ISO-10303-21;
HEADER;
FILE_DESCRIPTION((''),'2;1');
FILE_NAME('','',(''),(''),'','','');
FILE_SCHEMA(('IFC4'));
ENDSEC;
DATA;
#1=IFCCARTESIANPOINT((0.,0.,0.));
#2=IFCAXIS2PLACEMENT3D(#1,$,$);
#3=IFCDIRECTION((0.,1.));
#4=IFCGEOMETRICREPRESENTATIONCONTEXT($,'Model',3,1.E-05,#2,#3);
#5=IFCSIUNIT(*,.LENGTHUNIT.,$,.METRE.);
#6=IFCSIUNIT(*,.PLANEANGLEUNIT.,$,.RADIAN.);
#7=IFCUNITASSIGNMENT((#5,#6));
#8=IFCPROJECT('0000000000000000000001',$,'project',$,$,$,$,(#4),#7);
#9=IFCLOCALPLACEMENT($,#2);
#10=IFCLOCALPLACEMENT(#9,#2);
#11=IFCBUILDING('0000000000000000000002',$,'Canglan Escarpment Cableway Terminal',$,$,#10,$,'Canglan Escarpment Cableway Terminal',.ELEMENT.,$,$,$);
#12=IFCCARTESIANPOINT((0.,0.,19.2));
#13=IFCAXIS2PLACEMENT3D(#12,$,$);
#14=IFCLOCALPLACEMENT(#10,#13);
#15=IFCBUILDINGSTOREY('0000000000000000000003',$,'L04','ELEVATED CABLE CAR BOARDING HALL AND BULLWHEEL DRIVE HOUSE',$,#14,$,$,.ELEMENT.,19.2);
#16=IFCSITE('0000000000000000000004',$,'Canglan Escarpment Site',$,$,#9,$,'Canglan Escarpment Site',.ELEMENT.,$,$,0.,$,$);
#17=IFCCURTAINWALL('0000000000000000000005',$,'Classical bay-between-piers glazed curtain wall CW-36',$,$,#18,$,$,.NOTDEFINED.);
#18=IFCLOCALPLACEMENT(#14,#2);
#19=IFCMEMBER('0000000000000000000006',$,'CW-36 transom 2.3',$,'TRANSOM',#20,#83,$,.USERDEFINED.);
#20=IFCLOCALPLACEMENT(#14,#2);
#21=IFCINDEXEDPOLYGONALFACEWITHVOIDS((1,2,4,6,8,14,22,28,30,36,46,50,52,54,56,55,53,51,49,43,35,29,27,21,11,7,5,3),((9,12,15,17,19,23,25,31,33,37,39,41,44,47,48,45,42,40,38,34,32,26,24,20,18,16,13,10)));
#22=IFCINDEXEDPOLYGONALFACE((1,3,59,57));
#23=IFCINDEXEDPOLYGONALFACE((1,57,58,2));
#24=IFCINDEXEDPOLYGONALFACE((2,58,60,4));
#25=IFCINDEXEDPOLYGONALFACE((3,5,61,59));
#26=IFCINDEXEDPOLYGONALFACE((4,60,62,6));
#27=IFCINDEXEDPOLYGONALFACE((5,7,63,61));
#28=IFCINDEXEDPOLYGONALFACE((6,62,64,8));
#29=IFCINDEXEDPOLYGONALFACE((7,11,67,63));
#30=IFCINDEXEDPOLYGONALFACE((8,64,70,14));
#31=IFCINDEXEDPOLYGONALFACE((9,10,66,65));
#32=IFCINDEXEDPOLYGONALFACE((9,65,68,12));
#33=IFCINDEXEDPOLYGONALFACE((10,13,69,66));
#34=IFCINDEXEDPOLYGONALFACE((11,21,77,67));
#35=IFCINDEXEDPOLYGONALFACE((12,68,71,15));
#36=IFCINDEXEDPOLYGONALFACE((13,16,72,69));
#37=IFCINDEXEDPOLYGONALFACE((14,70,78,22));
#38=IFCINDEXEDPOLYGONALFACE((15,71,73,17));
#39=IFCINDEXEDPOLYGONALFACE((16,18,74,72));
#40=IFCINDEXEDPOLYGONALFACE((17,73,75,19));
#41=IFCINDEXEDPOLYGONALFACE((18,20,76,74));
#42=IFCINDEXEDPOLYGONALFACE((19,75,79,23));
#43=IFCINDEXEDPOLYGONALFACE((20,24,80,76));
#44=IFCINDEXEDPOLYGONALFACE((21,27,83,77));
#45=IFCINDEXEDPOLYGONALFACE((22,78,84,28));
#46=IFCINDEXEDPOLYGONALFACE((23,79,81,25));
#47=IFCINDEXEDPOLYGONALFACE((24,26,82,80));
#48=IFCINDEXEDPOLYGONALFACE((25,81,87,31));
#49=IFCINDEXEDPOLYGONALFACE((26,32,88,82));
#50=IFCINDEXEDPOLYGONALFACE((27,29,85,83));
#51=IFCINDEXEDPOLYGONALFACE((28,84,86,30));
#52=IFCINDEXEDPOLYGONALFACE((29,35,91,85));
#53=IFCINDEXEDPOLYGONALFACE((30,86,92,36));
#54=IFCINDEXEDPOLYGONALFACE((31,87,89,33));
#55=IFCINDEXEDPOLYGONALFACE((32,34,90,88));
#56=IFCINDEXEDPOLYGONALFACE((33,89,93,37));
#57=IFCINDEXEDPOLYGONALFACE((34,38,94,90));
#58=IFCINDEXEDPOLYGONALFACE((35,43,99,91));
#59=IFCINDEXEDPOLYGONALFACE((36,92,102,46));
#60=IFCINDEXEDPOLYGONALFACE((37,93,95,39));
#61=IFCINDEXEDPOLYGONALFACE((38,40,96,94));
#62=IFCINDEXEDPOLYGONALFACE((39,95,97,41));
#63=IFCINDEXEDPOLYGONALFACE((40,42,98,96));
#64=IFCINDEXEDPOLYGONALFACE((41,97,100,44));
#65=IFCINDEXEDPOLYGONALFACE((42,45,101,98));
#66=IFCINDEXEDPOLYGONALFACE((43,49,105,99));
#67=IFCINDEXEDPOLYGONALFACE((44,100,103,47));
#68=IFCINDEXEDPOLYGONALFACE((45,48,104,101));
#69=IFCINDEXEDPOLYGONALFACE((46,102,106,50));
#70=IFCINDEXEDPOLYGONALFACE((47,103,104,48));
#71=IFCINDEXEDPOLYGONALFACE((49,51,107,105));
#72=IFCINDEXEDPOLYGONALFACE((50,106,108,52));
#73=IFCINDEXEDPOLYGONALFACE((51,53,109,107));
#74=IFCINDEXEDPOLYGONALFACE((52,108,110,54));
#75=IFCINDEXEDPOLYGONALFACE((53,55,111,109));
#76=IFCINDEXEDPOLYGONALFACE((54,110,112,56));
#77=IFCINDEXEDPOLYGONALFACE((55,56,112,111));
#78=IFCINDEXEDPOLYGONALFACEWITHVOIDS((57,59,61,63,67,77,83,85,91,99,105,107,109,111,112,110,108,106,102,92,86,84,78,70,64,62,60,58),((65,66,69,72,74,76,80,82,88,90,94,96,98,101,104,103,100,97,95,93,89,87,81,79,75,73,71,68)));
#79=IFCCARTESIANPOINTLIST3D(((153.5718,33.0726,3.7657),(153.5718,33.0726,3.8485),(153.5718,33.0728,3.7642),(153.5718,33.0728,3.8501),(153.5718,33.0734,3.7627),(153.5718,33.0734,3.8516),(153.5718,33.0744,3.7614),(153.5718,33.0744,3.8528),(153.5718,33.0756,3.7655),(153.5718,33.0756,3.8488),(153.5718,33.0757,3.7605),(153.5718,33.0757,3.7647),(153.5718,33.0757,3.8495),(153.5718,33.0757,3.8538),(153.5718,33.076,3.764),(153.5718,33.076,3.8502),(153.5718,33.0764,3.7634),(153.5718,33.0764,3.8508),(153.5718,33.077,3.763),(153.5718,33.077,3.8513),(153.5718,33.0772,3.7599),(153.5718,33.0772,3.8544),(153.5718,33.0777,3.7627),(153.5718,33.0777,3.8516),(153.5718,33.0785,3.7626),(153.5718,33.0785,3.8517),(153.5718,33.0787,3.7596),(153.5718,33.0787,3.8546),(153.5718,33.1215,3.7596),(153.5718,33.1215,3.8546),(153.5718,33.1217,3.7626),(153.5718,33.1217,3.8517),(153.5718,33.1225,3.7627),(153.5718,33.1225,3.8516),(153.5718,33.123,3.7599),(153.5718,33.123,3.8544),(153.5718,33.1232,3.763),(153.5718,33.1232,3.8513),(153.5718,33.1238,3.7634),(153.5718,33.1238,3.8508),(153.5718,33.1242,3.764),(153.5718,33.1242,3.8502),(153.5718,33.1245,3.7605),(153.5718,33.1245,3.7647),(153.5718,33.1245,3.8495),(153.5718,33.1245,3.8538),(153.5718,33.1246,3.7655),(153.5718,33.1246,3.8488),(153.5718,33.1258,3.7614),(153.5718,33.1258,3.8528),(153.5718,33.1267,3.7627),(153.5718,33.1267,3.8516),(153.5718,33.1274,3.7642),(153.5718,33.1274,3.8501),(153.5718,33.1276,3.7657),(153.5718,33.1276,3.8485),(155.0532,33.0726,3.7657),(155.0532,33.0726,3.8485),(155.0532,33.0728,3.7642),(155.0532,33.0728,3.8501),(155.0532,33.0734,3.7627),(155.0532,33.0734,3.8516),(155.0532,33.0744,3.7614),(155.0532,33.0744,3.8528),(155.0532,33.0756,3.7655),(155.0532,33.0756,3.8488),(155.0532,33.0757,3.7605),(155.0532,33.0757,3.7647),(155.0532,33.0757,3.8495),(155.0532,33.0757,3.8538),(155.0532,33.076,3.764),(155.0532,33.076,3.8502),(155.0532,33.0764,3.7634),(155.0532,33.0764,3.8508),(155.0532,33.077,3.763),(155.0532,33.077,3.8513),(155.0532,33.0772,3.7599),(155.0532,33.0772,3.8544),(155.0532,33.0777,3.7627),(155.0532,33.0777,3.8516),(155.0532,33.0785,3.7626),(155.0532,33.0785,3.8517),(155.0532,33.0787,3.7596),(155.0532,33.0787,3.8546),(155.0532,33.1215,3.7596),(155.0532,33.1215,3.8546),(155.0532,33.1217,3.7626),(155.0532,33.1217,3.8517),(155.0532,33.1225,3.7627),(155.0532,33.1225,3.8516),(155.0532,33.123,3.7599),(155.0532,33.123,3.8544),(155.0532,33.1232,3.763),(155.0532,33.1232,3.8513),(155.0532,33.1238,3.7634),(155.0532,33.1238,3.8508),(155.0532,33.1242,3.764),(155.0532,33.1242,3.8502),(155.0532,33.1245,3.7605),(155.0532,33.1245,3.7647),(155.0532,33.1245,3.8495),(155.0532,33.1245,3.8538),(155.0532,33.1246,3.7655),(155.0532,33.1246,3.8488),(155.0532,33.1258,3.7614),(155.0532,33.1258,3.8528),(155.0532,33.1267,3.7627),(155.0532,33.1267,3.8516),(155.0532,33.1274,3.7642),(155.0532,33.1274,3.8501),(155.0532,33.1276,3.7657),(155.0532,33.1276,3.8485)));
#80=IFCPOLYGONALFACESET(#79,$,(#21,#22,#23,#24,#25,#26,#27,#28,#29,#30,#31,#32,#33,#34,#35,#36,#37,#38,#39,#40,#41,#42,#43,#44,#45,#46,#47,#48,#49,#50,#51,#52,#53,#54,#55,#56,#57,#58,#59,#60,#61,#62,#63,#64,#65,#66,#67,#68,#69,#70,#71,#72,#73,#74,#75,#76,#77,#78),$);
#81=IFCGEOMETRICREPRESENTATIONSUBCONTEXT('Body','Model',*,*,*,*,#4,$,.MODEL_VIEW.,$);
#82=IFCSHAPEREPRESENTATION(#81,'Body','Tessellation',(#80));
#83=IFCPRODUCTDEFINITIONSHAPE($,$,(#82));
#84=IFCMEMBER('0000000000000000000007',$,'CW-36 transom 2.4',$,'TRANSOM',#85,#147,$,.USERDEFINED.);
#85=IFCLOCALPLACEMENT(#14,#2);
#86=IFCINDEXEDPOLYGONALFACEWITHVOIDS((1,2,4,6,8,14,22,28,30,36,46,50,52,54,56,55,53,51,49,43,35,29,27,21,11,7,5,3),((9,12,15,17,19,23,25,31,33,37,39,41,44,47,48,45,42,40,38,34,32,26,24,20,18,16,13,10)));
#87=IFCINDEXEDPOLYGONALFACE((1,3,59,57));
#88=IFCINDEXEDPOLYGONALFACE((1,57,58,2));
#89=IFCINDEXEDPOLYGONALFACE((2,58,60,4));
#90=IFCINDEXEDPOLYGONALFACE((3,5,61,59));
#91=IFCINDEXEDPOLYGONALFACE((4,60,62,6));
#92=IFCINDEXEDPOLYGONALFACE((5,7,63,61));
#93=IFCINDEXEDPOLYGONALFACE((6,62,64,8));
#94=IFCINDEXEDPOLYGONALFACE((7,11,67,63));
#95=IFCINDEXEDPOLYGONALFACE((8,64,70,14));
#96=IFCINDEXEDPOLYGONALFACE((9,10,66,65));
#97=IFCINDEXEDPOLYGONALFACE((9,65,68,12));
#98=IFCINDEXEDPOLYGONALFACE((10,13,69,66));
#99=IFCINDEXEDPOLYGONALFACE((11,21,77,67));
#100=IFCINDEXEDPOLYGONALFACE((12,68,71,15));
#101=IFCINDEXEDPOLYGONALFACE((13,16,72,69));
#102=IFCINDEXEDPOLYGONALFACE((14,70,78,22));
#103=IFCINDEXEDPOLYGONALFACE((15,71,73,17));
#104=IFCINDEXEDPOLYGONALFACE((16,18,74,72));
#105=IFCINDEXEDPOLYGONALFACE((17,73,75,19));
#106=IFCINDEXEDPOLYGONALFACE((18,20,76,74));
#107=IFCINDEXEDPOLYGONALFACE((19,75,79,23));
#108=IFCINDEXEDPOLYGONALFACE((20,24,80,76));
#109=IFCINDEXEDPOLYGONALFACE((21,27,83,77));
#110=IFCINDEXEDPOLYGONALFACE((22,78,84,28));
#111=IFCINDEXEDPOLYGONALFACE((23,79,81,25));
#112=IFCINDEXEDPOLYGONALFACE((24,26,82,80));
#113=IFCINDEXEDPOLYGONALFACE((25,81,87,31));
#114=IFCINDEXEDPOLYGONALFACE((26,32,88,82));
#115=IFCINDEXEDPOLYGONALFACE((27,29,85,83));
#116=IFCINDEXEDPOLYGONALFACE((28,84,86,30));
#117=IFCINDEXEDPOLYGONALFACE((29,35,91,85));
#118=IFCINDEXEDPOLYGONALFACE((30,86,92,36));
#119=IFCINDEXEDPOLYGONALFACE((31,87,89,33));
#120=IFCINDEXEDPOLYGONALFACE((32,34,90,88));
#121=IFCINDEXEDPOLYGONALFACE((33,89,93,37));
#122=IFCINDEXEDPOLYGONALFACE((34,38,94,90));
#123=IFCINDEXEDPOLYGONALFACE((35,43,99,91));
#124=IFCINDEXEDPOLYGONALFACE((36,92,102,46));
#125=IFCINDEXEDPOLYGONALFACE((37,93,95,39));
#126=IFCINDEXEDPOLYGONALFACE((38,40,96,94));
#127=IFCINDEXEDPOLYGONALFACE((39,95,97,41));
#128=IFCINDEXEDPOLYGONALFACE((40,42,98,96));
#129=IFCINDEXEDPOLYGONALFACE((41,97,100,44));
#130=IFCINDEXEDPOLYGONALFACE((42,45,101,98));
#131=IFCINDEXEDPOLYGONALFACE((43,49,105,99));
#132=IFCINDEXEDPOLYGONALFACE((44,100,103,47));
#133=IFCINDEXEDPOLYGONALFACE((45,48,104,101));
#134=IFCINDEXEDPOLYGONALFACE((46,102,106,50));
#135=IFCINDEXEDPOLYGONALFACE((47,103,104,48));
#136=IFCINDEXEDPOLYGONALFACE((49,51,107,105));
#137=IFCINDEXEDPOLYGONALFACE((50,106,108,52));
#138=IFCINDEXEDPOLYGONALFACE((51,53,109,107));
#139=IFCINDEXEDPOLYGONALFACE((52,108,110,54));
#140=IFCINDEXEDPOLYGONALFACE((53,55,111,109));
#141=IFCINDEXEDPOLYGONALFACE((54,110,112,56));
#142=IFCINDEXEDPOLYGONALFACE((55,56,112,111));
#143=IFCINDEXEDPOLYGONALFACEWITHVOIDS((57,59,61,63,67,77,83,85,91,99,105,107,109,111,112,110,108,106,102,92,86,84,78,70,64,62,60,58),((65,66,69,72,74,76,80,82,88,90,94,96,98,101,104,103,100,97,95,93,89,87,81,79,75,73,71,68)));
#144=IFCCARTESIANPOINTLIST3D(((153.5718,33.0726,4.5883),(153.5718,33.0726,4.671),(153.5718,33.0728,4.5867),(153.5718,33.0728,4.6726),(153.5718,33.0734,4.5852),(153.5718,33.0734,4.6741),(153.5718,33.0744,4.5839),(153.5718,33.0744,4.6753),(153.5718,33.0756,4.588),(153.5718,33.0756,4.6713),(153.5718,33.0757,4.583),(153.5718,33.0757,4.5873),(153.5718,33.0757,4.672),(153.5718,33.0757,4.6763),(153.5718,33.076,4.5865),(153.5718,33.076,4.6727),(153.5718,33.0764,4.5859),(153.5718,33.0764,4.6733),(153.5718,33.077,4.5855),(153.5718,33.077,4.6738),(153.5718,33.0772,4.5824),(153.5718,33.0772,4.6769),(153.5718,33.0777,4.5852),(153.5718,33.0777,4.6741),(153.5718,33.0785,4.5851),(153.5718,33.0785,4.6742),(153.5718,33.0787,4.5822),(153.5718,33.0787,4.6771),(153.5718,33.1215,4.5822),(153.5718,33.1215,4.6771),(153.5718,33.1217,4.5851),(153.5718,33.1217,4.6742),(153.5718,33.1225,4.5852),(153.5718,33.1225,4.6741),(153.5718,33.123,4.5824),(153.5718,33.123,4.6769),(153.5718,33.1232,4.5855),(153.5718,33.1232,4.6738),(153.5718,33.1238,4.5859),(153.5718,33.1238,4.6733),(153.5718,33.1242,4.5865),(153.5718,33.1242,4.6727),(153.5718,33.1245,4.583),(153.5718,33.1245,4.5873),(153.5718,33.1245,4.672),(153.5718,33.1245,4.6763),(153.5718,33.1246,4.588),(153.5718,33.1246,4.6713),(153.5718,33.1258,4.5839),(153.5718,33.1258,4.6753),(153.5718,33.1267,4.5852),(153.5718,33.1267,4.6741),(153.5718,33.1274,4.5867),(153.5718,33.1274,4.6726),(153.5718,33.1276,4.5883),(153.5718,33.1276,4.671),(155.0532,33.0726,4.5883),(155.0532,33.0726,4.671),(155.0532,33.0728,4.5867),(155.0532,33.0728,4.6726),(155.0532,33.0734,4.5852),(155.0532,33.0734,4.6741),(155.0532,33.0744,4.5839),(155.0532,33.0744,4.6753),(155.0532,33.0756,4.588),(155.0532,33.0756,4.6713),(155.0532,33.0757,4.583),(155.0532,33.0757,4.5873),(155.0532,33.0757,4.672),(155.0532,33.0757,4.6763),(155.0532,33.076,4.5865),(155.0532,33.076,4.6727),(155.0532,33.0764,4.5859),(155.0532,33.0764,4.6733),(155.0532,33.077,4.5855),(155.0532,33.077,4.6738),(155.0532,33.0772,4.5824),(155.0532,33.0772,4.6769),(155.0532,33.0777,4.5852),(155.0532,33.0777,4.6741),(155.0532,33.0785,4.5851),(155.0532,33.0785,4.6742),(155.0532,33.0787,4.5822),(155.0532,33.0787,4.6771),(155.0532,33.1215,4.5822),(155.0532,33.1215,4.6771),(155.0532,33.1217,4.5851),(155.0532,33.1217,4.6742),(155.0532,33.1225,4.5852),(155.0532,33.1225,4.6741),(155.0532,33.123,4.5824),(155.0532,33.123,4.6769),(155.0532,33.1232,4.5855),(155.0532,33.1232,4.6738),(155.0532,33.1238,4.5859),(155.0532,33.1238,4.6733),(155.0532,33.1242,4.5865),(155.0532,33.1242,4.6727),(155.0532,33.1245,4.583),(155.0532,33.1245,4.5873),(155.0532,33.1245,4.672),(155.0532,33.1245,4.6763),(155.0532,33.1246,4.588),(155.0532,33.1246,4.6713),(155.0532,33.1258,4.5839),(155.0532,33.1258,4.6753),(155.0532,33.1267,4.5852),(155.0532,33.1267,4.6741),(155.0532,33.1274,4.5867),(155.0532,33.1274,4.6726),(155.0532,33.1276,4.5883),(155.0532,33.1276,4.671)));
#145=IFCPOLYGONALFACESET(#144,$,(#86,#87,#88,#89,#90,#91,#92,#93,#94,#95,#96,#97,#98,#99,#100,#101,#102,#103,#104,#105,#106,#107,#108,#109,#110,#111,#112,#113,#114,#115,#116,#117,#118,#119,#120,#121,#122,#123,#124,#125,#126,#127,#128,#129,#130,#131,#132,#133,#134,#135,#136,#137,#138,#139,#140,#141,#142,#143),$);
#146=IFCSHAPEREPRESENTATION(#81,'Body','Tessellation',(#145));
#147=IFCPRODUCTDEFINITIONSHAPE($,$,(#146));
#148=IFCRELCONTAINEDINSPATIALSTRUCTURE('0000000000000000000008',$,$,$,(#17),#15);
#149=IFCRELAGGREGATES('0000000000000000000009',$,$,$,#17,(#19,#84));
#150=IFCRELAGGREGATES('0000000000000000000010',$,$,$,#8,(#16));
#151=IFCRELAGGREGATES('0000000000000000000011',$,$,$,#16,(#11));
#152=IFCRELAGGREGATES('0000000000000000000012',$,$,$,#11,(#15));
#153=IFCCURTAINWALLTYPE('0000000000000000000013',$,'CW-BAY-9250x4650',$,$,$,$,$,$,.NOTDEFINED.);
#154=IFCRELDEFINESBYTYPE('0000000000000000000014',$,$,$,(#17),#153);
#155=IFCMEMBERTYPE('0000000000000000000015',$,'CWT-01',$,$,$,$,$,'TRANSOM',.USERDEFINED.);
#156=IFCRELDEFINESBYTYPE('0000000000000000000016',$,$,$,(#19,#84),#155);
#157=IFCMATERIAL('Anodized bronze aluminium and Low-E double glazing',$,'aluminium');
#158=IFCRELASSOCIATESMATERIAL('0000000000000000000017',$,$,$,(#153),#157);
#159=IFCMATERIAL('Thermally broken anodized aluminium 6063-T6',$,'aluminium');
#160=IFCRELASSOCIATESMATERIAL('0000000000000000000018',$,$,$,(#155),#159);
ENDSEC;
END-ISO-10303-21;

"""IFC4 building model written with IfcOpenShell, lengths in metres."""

from ifc_helpers import new_model, si_unit, direction, frame, origin, origin_2d, place, context, subcontext, project, spatial, hollow_rectangle, extrude, material, material_profile, profile_set, type_object, element, aggregate, save


model = new_model("IFC4")

# Units and contexts
model_context = context("Model", 3, precision=1e-05, world=origin(), true_north=direction((0.0, 1.0)))
body_context = subcontext(model_context, "Body", "Model", "MODEL_VIEW")
ifc_project = project(units=[si_unit("LENGTHUNIT", "METRE"), si_unit("PLANEANGLEUNIT", "RADIAN")], contexts=[model_context])

# Site, building, storey
site_placement = place(None, origin())
site = spatial("IfcSite", under=ifc_project, at=site_placement, Name="Canglan Escarpment Site", LongName="Canglan Escarpment Site", CompositionType="ELEMENT", RefElevation=0.0)
building_placement = place(site_placement, origin())
building = spatial("IfcBuilding", under=site, at=building_placement, Name="Canglan Escarpment Cableway Terminal", LongName="Canglan Escarpment Cableway Terminal", CompositionType="ELEMENT")
storey_placement = place(building_placement, frame((0.0, 0.0, 19.2)))
storey = spatial("IfcBuildingStorey", under=building, at=storey_placement, Name="L04", Description="ELEVATED CABLE CAR BOARDING HALL AND BULLWHEEL DRIVE HOUSE", CompositionType="ELEMENT", Elevation=19.2)

# Curtain wall, members
ifc_material_1 = material(Name="Anodized bronze aluminium and Low-E double glazing", Category="aluminium")
curtain_wall_type = type_object("IfcCurtainWallType", Name="CW-BAY-9250x4650", PredefinedType="NOTDEFINED", material=ifc_material_1)
curtain_wall_placement = place(storey_placement, origin())
curtain_wall = element("IfcCurtainWall", 1, at=curtain_wall_placement, inside=storey, type_object=curtain_wall_type, Name="Classical bay-between-piers glazed curtain wall CW-36", PredefinedType="NOTDEFINED")
ifc_material_2 = material(Name="Thermally broken anodized aluminium 6063-T6", Category="aluminium")
ifc_material_profile_1 = material_profile(ifc_material_2, hollow_rectangle(XDim=0.0549, YDim=0.095, WallThickness=0.0029, InnerFilletRadius=0.0029, OuterFilletRadius=0.0061, at=origin_2d()), Name="ALU-TRAN 55x95x3")
ifc_profile_set_1 = profile_set([ifc_material_profile_1], Name="Thermally broken anodized aluminium 6063-T6")
member_type_1 = type_object("IfcMemberType", Name="CWT-01", ElementType="TRANSOM", PredefinedType="USERDEFINED", material=ifc_profile_set_1)
member_1_placement = place(storey_placement, frame((155.0532, 33.1001, 3.8071), z_axis=(-1.0, 0.0, 0.0), x_axis=(0.0, -1.0, 0.0)))
member_1 = element("IfcMember", 2, at=member_1_placement, type_object=member_type_1, Name="CW-36 transom 2.3", ObjectType="TRANSOM", PredefinedType="USERDEFINED", context=body_context, shape_type="SweptSolid", body=[
    extrude(hollow_rectangle(XDim=0.0549, YDim=0.095, WallThickness=0.0029, InnerFilletRadius=0.0029, OuterFilletRadius=0.0061, at=origin_2d()), origin(), (0.0, 0.0, 1.0), 1.4814),
])
member_2_placement = place(storey_placement, frame((155.0532, 33.1001, 4.6296), z_axis=(-1.0, 0.0, 0.0), x_axis=(0.0, -1.0, 0.0)))
member_2 = element("IfcMember", 3, at=member_2_placement, type_object=member_type_1, Name="CW-36 transom 2.4", ObjectType="TRANSOM", PredefinedType="USERDEFINED", context=body_context, shape_type="SweptSolid", body=[
    extrude(hollow_rectangle(XDim=0.0549, YDim=0.095, WallThickness=0.0029, InnerFilletRadius=0.0029, OuterFilletRadius=0.0061, at=origin_2d()), origin(), (0.0, 0.0, 1.0), 1.4814),
])

aggregate(curtain_wall, [member_1, member_2])

save(model, "model.ifc")
